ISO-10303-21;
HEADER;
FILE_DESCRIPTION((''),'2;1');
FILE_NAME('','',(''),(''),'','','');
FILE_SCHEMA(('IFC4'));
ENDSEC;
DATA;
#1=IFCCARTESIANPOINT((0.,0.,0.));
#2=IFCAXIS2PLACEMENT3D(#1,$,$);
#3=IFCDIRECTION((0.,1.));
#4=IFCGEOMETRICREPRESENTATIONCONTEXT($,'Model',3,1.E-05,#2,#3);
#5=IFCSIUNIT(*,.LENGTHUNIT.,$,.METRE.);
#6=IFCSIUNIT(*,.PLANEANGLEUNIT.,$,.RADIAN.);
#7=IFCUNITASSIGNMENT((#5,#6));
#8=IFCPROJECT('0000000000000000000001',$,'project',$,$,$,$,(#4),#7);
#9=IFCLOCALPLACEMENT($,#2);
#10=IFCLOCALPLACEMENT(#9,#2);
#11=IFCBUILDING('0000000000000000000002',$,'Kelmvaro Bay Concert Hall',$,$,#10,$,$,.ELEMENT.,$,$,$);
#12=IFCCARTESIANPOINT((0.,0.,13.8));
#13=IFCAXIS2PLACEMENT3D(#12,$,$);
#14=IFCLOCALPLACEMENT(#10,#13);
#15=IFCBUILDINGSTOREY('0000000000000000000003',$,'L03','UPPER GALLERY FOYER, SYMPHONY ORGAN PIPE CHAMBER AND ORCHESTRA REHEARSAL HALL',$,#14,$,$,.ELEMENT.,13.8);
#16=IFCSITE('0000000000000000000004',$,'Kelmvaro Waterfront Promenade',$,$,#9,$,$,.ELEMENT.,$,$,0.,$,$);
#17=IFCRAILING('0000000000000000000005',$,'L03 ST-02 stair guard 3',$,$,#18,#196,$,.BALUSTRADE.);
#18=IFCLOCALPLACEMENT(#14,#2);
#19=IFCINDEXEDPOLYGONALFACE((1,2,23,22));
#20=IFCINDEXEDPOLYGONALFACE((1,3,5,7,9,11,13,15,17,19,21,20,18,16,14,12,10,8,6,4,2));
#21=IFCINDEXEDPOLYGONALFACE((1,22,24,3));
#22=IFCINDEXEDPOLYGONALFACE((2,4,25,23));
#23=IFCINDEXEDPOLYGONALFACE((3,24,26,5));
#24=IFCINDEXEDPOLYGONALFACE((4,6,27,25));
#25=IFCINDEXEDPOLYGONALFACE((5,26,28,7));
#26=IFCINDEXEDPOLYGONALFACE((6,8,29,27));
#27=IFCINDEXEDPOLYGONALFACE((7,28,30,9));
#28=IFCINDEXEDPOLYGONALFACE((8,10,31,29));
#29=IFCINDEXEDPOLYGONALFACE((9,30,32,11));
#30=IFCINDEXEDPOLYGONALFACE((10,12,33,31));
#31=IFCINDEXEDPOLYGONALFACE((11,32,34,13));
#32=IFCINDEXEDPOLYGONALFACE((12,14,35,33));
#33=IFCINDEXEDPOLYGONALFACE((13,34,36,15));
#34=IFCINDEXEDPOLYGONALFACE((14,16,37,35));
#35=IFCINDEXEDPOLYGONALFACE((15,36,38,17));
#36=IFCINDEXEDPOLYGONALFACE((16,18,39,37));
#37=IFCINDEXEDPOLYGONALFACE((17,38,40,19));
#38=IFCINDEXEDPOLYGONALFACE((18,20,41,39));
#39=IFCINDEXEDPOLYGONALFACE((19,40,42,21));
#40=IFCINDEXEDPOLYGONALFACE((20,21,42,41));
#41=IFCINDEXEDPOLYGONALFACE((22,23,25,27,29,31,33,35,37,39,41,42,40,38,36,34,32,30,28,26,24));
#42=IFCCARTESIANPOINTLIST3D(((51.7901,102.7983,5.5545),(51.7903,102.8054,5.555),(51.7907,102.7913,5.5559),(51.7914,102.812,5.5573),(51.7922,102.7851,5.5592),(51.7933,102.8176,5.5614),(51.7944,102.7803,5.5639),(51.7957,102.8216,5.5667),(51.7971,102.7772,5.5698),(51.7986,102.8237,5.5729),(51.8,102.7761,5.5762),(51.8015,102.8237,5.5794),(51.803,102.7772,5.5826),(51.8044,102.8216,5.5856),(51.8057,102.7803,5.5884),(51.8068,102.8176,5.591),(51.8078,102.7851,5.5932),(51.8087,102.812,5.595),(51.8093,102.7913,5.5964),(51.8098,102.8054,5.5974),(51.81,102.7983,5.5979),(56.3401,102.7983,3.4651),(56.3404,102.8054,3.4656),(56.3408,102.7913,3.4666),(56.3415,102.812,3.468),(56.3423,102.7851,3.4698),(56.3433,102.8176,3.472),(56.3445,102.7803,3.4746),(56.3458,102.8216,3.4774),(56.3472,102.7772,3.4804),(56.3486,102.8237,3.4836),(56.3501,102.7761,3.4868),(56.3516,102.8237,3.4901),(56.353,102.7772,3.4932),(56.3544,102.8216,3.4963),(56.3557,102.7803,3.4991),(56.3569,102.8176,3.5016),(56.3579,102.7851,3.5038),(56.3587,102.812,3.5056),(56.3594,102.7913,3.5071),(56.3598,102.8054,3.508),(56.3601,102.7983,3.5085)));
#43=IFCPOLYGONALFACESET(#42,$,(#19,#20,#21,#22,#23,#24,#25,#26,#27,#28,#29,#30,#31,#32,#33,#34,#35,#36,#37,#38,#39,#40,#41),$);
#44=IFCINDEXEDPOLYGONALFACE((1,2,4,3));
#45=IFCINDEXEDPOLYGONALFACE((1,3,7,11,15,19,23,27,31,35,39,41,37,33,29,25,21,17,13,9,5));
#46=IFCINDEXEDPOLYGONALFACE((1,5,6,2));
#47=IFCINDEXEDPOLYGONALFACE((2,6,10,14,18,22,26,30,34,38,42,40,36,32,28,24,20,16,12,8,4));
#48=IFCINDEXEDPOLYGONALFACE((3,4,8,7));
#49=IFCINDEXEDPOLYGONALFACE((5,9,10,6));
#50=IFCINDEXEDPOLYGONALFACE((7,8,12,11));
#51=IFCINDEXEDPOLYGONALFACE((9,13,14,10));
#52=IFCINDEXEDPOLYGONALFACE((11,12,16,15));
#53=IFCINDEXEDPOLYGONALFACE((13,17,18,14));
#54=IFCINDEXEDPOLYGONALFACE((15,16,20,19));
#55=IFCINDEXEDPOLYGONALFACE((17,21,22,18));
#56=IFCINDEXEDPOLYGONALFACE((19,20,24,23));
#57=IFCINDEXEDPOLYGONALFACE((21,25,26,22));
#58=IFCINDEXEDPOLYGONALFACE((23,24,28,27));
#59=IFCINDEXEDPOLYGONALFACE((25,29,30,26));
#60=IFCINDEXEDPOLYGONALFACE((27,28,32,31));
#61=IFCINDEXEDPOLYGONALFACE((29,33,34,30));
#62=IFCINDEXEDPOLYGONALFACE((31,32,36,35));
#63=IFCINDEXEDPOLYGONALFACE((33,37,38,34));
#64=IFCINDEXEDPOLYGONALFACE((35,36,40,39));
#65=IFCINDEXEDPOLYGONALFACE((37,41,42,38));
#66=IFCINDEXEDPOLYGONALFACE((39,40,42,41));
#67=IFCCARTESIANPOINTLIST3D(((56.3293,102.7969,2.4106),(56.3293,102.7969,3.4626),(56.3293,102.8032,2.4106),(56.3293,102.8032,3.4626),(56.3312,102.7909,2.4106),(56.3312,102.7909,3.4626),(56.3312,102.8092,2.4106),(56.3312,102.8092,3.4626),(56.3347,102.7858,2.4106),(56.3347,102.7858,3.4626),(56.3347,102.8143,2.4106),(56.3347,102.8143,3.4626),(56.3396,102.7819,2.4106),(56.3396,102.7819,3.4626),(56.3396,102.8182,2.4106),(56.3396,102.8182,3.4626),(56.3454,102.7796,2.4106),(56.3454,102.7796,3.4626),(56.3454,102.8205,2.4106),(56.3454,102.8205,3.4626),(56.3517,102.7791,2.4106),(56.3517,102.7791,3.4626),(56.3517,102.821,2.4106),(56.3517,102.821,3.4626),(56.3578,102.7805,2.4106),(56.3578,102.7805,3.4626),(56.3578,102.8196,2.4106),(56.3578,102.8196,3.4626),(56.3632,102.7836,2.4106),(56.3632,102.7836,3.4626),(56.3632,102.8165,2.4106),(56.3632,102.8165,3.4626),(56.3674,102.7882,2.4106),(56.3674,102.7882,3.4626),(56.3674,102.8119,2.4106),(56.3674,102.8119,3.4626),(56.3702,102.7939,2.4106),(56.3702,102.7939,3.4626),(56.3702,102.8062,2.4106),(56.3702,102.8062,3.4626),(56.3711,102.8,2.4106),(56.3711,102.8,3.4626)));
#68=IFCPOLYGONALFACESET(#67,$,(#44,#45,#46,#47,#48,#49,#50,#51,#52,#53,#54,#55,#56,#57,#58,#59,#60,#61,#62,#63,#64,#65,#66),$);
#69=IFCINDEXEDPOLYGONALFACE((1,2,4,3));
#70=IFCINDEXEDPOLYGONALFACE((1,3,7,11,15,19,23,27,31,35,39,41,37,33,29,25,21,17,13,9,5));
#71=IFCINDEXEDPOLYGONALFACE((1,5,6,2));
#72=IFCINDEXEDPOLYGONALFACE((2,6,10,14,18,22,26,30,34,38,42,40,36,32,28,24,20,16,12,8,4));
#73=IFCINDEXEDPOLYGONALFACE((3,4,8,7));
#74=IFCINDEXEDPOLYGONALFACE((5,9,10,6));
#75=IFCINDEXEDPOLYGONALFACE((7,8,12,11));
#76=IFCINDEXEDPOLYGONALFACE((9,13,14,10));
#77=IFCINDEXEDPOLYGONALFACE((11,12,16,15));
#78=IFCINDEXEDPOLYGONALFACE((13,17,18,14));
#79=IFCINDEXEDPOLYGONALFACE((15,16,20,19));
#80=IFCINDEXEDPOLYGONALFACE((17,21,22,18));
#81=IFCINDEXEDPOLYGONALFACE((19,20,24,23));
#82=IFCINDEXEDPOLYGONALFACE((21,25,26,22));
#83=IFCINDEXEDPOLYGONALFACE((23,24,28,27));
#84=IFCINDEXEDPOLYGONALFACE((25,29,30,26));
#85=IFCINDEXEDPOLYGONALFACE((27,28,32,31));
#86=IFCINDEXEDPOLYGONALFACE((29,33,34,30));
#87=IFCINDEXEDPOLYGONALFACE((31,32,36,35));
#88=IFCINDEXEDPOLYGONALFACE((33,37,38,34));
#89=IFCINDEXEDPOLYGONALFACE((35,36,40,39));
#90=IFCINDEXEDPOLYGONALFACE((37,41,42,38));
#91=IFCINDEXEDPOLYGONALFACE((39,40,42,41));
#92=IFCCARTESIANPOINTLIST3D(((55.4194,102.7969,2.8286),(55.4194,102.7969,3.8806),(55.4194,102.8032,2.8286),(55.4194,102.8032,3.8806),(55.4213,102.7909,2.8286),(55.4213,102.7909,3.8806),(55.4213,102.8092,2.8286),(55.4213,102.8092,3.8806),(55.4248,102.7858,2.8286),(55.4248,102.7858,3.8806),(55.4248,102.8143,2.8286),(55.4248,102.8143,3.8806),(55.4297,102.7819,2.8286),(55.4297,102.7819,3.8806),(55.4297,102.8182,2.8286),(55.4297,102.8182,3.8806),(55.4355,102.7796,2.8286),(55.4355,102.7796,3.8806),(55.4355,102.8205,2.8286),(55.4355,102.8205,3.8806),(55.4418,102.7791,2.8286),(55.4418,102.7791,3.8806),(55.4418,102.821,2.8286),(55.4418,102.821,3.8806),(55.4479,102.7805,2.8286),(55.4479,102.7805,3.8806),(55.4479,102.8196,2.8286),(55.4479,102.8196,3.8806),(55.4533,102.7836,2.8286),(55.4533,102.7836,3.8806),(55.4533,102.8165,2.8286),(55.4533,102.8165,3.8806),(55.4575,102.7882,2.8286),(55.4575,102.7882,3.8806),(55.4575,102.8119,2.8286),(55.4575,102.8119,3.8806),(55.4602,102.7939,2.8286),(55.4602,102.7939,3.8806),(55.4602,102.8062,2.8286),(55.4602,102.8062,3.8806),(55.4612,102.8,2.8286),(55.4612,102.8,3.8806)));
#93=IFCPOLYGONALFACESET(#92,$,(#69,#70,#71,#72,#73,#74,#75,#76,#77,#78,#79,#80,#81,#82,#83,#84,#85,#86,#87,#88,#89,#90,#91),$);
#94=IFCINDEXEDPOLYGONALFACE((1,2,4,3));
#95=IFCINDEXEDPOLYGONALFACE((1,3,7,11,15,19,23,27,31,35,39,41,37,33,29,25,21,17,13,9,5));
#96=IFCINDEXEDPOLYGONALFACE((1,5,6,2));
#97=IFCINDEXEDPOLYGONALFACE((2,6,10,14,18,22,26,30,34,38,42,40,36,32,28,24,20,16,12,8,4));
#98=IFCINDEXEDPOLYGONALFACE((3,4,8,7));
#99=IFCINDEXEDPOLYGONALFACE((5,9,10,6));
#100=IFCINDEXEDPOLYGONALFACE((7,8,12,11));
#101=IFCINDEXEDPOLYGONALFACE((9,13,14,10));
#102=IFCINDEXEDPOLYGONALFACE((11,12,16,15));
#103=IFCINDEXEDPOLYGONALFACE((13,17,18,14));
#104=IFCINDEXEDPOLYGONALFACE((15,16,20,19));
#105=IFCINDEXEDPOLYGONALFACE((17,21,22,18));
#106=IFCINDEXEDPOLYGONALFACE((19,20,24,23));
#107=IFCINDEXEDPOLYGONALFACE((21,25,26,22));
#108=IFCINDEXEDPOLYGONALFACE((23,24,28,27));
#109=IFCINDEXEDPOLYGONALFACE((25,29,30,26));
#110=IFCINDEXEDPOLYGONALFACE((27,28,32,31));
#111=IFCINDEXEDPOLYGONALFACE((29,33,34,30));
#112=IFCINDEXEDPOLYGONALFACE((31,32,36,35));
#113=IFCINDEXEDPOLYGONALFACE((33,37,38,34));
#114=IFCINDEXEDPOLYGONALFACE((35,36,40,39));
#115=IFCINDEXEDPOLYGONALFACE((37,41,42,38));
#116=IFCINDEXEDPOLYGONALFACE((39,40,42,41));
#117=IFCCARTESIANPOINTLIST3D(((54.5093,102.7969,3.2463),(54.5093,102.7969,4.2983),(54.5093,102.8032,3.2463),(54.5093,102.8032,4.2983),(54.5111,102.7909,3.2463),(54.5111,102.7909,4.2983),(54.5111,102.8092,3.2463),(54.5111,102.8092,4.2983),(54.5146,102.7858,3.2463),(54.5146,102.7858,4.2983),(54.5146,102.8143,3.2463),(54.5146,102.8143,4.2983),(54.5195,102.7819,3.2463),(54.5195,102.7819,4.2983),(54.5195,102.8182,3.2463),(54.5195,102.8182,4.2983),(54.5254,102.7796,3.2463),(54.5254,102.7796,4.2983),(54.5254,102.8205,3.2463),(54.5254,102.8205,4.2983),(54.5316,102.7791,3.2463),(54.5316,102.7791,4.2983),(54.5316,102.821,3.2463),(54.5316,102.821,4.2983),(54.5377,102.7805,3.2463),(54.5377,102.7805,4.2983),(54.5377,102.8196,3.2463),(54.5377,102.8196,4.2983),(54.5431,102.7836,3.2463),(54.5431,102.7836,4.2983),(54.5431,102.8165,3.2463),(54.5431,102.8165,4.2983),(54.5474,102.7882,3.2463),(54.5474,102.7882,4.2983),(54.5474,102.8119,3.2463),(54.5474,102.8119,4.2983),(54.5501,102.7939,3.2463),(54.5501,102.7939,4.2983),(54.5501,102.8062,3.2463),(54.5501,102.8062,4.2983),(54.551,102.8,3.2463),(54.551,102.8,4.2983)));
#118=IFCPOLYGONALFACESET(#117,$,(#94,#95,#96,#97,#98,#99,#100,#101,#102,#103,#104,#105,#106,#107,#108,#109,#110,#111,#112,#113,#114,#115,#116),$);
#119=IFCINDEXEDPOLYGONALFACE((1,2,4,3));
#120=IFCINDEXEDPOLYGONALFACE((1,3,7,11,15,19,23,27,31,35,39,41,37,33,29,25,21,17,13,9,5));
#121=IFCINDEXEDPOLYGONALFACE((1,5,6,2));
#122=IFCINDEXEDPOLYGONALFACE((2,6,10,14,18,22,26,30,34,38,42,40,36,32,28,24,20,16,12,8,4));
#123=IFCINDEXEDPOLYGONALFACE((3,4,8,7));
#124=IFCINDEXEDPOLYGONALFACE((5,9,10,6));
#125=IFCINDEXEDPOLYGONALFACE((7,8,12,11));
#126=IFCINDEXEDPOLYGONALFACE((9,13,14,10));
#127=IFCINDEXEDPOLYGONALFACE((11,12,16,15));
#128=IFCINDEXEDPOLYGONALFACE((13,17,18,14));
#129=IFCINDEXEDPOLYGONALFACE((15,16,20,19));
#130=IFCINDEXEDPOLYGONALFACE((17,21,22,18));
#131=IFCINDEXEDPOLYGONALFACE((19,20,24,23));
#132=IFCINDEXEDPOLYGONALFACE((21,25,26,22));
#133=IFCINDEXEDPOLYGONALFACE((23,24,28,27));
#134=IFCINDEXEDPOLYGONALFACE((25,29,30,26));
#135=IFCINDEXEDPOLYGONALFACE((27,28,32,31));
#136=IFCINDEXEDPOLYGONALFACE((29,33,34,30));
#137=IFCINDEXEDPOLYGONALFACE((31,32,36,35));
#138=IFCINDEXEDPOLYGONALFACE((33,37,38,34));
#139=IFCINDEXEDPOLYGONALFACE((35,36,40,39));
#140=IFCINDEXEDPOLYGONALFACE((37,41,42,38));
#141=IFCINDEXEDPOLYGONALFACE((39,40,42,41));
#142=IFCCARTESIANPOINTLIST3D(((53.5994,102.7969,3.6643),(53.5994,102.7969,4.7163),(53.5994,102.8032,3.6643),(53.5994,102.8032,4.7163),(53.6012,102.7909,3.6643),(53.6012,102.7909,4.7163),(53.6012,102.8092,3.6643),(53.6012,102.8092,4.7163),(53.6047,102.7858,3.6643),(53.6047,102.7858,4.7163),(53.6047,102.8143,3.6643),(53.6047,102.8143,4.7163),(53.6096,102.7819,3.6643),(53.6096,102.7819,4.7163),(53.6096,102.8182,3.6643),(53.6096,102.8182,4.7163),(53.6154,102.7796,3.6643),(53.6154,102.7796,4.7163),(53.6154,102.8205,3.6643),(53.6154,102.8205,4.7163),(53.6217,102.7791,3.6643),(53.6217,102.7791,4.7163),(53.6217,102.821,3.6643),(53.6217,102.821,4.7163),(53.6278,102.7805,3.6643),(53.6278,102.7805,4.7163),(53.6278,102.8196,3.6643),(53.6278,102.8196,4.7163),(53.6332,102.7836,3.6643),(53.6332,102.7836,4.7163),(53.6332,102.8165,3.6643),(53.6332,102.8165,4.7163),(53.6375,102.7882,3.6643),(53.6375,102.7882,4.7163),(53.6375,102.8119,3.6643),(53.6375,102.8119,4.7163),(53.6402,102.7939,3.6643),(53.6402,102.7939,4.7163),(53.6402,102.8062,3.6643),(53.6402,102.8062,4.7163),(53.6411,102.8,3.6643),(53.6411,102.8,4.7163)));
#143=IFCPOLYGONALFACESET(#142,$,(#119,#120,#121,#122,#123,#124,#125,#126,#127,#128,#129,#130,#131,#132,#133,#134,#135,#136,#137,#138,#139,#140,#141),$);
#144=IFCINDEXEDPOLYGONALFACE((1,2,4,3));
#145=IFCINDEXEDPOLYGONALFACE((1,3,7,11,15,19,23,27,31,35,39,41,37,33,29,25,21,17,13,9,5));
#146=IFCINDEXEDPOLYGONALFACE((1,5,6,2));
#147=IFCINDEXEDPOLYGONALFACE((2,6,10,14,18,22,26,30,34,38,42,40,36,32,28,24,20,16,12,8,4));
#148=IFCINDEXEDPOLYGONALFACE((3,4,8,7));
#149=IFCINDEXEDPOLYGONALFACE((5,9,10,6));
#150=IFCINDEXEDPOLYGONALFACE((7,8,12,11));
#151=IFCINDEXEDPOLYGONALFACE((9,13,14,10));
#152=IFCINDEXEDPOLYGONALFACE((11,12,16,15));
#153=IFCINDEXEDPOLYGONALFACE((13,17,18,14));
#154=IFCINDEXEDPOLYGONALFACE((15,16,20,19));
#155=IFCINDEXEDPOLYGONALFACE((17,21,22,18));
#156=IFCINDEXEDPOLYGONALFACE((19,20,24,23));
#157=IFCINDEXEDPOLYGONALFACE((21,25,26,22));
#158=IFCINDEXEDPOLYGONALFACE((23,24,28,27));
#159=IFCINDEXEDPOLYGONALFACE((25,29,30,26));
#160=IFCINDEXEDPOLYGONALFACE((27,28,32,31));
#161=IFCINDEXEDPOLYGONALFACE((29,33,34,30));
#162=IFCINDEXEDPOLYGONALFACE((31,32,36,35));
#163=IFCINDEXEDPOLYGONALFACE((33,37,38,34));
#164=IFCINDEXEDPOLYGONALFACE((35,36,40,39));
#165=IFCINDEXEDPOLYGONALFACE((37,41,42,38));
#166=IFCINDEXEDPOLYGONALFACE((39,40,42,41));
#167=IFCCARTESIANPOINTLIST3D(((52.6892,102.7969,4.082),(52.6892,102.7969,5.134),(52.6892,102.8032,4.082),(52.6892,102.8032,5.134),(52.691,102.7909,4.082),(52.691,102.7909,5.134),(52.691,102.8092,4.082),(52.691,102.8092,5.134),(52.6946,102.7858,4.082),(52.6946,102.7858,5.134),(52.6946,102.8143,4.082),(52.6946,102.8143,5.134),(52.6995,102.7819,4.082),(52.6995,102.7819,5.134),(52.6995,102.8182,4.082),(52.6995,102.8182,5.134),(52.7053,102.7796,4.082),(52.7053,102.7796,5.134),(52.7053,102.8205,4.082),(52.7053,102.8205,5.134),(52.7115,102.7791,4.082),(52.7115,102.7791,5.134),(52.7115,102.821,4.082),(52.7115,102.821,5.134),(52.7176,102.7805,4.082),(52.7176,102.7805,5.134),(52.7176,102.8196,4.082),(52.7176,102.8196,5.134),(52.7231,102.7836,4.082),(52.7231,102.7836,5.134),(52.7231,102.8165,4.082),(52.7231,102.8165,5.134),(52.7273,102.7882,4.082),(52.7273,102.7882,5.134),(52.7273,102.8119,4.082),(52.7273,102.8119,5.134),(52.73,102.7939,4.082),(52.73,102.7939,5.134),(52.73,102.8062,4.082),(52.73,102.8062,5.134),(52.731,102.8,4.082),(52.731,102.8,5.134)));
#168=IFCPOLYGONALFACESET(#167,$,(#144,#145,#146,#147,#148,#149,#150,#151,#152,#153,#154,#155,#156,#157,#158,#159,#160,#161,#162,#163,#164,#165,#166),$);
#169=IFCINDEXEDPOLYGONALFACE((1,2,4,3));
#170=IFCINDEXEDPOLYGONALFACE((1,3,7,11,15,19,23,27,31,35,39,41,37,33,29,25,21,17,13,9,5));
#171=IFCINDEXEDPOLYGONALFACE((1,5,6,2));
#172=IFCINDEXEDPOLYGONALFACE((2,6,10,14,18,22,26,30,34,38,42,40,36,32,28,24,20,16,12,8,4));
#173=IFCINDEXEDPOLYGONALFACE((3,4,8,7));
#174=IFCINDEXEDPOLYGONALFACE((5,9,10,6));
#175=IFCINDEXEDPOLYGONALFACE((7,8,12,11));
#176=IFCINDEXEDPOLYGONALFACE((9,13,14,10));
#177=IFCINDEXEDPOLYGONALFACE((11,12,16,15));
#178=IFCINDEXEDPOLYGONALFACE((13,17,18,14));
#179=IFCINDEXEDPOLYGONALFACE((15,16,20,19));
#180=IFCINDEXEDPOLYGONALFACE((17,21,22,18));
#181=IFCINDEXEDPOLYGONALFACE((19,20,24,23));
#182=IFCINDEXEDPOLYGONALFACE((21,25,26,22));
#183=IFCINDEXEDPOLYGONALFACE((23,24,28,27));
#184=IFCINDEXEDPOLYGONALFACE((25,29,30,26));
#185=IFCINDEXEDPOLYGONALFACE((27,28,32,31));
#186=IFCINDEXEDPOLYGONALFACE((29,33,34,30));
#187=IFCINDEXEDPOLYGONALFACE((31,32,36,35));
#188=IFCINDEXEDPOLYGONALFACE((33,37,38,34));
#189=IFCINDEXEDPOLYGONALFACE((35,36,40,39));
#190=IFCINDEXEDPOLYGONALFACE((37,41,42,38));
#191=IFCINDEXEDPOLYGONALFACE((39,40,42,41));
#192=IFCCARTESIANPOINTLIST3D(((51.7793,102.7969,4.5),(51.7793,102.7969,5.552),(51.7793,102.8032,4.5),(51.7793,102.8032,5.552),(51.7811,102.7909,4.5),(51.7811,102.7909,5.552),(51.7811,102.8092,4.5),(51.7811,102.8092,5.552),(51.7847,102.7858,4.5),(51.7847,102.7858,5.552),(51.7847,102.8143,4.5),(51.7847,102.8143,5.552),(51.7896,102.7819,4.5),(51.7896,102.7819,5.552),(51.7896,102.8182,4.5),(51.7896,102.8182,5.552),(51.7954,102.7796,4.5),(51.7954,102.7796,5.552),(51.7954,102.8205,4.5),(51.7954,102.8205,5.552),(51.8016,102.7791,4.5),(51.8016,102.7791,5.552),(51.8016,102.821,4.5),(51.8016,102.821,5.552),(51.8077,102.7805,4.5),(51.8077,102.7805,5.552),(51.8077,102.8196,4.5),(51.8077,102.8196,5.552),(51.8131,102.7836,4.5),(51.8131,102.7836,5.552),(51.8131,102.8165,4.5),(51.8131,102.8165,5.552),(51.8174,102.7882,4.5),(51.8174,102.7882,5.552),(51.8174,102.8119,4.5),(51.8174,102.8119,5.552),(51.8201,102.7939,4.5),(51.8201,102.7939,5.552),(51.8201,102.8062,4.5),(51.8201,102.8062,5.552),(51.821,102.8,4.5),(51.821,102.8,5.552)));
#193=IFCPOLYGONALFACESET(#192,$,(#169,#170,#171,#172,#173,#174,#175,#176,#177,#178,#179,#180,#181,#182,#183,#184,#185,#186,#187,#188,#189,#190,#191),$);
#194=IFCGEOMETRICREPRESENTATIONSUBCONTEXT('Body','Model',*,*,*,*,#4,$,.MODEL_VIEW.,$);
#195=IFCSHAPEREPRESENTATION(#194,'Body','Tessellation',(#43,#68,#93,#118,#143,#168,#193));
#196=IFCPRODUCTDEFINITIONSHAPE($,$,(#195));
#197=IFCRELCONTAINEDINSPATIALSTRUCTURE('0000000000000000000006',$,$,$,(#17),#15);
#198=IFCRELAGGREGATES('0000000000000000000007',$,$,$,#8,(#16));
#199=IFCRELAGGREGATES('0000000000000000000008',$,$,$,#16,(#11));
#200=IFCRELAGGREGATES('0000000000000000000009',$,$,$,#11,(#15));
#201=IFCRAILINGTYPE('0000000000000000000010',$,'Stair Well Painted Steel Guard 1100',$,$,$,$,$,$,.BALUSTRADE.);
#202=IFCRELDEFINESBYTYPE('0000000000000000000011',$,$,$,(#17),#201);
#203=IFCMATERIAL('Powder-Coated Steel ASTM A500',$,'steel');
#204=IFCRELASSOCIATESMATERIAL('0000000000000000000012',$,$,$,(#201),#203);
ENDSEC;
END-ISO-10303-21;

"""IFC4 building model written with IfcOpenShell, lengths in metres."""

from ifc_helpers import new_model, si_unit, direction, frame, origin, origin_2d, place, context, subcontext, project, spatial, circle, extrude, material, type_object, element, save


model = new_model("IFC4")

# Units and contexts
model_context = context("Model", 3, precision=1e-05, world=origin(), true_north=direction((0.0, 1.0)))
body_context = subcontext(model_context, "Body", "Model", "MODEL_VIEW")
ifc_project = project(units=[si_unit("LENGTHUNIT", "METRE"), si_unit("PLANEANGLEUNIT", "RADIAN")], contexts=[model_context])

# Site, building, storey
site_placement = place(None, origin())
site = spatial("IfcSite", under=ifc_project, at=site_placement, Name="Kelmvaro Waterfront Promenade", CompositionType="ELEMENT", RefElevation=0.0)
building_placement = place(site_placement, origin())
building = spatial("IfcBuilding", under=site, at=building_placement, Name="Kelmvaro Bay Concert Hall", CompositionType="ELEMENT")
storey_placement = place(building_placement, frame((0.0, 0.0, 13.8)))
storey = spatial("IfcBuildingStorey", under=building, at=storey_placement, Name="L03", Description="UPPER GALLERY FOYER, SYMPHONY ORGAN PIPE CHAMBER AND ORCHESTRA REHEARSAL HALL", CompositionType="ELEMENT", Elevation=13.8)

# Railing
ifc_material_1 = material(Name="Powder-Coated Steel ASTM A500", Category="steel")
railing_type_1 = type_object("IfcRailingType", Name="Stair Well Painted Steel Guard 1100", PredefinedType="BALUSTRADE", material=ifc_material_1)
railing_1_placement = place(storey_placement, frame((56.3501, 102.8, 2.4106)))
element("IfcRailing", 1, at=railing_1_placement, inside=storey, type_object=railing_type_1, Name="L03 ST-02 stair guard 3", PredefinedType="BALUSTRADE", context=body_context, shape_type="SweptSolid", body=[
    extrude(circle(Radius=0.0239, at=origin_2d()), frame((0.0, 0.0, 1.0762), z_axis=(-0.908768, 0.0, 0.417301), x_axis=(0.0, -1.0, 0.0)), (0.0, 0.0, 1.0), 5.0068),
    extrude(circle(Radius=0.021, at=origin_2d()), origin(), (0.0, 0.0, 1.0), 1.052),
    extrude(circle(Radius=0.021, at=origin_2d()), frame((-0.9099, 0.0, 0.418)), (0.0, 0.0, 1.0), 1.052),
    extrude(circle(Radius=0.021, at=origin_2d()), frame((-1.8201, 0.0, 0.8357)), (0.0, 0.0, 1.0), 1.052),
    extrude(circle(Radius=0.021, at=origin_2d()), frame((-2.73, 0.0, 1.2537)), (0.0, 0.0, 1.0), 1.052),
    extrude(circle(Radius=0.021, at=origin_2d()), frame((-3.6401, 0.0, 1.6714)), (0.0, 0.0, 1.0), 1.052),
    extrude(circle(Radius=0.021, at=origin_2d()), frame((-4.55, 0.0, 2.0894)), (0.0, 0.0, 1.0), 1.052),
])

save(model, "model.ifc")
